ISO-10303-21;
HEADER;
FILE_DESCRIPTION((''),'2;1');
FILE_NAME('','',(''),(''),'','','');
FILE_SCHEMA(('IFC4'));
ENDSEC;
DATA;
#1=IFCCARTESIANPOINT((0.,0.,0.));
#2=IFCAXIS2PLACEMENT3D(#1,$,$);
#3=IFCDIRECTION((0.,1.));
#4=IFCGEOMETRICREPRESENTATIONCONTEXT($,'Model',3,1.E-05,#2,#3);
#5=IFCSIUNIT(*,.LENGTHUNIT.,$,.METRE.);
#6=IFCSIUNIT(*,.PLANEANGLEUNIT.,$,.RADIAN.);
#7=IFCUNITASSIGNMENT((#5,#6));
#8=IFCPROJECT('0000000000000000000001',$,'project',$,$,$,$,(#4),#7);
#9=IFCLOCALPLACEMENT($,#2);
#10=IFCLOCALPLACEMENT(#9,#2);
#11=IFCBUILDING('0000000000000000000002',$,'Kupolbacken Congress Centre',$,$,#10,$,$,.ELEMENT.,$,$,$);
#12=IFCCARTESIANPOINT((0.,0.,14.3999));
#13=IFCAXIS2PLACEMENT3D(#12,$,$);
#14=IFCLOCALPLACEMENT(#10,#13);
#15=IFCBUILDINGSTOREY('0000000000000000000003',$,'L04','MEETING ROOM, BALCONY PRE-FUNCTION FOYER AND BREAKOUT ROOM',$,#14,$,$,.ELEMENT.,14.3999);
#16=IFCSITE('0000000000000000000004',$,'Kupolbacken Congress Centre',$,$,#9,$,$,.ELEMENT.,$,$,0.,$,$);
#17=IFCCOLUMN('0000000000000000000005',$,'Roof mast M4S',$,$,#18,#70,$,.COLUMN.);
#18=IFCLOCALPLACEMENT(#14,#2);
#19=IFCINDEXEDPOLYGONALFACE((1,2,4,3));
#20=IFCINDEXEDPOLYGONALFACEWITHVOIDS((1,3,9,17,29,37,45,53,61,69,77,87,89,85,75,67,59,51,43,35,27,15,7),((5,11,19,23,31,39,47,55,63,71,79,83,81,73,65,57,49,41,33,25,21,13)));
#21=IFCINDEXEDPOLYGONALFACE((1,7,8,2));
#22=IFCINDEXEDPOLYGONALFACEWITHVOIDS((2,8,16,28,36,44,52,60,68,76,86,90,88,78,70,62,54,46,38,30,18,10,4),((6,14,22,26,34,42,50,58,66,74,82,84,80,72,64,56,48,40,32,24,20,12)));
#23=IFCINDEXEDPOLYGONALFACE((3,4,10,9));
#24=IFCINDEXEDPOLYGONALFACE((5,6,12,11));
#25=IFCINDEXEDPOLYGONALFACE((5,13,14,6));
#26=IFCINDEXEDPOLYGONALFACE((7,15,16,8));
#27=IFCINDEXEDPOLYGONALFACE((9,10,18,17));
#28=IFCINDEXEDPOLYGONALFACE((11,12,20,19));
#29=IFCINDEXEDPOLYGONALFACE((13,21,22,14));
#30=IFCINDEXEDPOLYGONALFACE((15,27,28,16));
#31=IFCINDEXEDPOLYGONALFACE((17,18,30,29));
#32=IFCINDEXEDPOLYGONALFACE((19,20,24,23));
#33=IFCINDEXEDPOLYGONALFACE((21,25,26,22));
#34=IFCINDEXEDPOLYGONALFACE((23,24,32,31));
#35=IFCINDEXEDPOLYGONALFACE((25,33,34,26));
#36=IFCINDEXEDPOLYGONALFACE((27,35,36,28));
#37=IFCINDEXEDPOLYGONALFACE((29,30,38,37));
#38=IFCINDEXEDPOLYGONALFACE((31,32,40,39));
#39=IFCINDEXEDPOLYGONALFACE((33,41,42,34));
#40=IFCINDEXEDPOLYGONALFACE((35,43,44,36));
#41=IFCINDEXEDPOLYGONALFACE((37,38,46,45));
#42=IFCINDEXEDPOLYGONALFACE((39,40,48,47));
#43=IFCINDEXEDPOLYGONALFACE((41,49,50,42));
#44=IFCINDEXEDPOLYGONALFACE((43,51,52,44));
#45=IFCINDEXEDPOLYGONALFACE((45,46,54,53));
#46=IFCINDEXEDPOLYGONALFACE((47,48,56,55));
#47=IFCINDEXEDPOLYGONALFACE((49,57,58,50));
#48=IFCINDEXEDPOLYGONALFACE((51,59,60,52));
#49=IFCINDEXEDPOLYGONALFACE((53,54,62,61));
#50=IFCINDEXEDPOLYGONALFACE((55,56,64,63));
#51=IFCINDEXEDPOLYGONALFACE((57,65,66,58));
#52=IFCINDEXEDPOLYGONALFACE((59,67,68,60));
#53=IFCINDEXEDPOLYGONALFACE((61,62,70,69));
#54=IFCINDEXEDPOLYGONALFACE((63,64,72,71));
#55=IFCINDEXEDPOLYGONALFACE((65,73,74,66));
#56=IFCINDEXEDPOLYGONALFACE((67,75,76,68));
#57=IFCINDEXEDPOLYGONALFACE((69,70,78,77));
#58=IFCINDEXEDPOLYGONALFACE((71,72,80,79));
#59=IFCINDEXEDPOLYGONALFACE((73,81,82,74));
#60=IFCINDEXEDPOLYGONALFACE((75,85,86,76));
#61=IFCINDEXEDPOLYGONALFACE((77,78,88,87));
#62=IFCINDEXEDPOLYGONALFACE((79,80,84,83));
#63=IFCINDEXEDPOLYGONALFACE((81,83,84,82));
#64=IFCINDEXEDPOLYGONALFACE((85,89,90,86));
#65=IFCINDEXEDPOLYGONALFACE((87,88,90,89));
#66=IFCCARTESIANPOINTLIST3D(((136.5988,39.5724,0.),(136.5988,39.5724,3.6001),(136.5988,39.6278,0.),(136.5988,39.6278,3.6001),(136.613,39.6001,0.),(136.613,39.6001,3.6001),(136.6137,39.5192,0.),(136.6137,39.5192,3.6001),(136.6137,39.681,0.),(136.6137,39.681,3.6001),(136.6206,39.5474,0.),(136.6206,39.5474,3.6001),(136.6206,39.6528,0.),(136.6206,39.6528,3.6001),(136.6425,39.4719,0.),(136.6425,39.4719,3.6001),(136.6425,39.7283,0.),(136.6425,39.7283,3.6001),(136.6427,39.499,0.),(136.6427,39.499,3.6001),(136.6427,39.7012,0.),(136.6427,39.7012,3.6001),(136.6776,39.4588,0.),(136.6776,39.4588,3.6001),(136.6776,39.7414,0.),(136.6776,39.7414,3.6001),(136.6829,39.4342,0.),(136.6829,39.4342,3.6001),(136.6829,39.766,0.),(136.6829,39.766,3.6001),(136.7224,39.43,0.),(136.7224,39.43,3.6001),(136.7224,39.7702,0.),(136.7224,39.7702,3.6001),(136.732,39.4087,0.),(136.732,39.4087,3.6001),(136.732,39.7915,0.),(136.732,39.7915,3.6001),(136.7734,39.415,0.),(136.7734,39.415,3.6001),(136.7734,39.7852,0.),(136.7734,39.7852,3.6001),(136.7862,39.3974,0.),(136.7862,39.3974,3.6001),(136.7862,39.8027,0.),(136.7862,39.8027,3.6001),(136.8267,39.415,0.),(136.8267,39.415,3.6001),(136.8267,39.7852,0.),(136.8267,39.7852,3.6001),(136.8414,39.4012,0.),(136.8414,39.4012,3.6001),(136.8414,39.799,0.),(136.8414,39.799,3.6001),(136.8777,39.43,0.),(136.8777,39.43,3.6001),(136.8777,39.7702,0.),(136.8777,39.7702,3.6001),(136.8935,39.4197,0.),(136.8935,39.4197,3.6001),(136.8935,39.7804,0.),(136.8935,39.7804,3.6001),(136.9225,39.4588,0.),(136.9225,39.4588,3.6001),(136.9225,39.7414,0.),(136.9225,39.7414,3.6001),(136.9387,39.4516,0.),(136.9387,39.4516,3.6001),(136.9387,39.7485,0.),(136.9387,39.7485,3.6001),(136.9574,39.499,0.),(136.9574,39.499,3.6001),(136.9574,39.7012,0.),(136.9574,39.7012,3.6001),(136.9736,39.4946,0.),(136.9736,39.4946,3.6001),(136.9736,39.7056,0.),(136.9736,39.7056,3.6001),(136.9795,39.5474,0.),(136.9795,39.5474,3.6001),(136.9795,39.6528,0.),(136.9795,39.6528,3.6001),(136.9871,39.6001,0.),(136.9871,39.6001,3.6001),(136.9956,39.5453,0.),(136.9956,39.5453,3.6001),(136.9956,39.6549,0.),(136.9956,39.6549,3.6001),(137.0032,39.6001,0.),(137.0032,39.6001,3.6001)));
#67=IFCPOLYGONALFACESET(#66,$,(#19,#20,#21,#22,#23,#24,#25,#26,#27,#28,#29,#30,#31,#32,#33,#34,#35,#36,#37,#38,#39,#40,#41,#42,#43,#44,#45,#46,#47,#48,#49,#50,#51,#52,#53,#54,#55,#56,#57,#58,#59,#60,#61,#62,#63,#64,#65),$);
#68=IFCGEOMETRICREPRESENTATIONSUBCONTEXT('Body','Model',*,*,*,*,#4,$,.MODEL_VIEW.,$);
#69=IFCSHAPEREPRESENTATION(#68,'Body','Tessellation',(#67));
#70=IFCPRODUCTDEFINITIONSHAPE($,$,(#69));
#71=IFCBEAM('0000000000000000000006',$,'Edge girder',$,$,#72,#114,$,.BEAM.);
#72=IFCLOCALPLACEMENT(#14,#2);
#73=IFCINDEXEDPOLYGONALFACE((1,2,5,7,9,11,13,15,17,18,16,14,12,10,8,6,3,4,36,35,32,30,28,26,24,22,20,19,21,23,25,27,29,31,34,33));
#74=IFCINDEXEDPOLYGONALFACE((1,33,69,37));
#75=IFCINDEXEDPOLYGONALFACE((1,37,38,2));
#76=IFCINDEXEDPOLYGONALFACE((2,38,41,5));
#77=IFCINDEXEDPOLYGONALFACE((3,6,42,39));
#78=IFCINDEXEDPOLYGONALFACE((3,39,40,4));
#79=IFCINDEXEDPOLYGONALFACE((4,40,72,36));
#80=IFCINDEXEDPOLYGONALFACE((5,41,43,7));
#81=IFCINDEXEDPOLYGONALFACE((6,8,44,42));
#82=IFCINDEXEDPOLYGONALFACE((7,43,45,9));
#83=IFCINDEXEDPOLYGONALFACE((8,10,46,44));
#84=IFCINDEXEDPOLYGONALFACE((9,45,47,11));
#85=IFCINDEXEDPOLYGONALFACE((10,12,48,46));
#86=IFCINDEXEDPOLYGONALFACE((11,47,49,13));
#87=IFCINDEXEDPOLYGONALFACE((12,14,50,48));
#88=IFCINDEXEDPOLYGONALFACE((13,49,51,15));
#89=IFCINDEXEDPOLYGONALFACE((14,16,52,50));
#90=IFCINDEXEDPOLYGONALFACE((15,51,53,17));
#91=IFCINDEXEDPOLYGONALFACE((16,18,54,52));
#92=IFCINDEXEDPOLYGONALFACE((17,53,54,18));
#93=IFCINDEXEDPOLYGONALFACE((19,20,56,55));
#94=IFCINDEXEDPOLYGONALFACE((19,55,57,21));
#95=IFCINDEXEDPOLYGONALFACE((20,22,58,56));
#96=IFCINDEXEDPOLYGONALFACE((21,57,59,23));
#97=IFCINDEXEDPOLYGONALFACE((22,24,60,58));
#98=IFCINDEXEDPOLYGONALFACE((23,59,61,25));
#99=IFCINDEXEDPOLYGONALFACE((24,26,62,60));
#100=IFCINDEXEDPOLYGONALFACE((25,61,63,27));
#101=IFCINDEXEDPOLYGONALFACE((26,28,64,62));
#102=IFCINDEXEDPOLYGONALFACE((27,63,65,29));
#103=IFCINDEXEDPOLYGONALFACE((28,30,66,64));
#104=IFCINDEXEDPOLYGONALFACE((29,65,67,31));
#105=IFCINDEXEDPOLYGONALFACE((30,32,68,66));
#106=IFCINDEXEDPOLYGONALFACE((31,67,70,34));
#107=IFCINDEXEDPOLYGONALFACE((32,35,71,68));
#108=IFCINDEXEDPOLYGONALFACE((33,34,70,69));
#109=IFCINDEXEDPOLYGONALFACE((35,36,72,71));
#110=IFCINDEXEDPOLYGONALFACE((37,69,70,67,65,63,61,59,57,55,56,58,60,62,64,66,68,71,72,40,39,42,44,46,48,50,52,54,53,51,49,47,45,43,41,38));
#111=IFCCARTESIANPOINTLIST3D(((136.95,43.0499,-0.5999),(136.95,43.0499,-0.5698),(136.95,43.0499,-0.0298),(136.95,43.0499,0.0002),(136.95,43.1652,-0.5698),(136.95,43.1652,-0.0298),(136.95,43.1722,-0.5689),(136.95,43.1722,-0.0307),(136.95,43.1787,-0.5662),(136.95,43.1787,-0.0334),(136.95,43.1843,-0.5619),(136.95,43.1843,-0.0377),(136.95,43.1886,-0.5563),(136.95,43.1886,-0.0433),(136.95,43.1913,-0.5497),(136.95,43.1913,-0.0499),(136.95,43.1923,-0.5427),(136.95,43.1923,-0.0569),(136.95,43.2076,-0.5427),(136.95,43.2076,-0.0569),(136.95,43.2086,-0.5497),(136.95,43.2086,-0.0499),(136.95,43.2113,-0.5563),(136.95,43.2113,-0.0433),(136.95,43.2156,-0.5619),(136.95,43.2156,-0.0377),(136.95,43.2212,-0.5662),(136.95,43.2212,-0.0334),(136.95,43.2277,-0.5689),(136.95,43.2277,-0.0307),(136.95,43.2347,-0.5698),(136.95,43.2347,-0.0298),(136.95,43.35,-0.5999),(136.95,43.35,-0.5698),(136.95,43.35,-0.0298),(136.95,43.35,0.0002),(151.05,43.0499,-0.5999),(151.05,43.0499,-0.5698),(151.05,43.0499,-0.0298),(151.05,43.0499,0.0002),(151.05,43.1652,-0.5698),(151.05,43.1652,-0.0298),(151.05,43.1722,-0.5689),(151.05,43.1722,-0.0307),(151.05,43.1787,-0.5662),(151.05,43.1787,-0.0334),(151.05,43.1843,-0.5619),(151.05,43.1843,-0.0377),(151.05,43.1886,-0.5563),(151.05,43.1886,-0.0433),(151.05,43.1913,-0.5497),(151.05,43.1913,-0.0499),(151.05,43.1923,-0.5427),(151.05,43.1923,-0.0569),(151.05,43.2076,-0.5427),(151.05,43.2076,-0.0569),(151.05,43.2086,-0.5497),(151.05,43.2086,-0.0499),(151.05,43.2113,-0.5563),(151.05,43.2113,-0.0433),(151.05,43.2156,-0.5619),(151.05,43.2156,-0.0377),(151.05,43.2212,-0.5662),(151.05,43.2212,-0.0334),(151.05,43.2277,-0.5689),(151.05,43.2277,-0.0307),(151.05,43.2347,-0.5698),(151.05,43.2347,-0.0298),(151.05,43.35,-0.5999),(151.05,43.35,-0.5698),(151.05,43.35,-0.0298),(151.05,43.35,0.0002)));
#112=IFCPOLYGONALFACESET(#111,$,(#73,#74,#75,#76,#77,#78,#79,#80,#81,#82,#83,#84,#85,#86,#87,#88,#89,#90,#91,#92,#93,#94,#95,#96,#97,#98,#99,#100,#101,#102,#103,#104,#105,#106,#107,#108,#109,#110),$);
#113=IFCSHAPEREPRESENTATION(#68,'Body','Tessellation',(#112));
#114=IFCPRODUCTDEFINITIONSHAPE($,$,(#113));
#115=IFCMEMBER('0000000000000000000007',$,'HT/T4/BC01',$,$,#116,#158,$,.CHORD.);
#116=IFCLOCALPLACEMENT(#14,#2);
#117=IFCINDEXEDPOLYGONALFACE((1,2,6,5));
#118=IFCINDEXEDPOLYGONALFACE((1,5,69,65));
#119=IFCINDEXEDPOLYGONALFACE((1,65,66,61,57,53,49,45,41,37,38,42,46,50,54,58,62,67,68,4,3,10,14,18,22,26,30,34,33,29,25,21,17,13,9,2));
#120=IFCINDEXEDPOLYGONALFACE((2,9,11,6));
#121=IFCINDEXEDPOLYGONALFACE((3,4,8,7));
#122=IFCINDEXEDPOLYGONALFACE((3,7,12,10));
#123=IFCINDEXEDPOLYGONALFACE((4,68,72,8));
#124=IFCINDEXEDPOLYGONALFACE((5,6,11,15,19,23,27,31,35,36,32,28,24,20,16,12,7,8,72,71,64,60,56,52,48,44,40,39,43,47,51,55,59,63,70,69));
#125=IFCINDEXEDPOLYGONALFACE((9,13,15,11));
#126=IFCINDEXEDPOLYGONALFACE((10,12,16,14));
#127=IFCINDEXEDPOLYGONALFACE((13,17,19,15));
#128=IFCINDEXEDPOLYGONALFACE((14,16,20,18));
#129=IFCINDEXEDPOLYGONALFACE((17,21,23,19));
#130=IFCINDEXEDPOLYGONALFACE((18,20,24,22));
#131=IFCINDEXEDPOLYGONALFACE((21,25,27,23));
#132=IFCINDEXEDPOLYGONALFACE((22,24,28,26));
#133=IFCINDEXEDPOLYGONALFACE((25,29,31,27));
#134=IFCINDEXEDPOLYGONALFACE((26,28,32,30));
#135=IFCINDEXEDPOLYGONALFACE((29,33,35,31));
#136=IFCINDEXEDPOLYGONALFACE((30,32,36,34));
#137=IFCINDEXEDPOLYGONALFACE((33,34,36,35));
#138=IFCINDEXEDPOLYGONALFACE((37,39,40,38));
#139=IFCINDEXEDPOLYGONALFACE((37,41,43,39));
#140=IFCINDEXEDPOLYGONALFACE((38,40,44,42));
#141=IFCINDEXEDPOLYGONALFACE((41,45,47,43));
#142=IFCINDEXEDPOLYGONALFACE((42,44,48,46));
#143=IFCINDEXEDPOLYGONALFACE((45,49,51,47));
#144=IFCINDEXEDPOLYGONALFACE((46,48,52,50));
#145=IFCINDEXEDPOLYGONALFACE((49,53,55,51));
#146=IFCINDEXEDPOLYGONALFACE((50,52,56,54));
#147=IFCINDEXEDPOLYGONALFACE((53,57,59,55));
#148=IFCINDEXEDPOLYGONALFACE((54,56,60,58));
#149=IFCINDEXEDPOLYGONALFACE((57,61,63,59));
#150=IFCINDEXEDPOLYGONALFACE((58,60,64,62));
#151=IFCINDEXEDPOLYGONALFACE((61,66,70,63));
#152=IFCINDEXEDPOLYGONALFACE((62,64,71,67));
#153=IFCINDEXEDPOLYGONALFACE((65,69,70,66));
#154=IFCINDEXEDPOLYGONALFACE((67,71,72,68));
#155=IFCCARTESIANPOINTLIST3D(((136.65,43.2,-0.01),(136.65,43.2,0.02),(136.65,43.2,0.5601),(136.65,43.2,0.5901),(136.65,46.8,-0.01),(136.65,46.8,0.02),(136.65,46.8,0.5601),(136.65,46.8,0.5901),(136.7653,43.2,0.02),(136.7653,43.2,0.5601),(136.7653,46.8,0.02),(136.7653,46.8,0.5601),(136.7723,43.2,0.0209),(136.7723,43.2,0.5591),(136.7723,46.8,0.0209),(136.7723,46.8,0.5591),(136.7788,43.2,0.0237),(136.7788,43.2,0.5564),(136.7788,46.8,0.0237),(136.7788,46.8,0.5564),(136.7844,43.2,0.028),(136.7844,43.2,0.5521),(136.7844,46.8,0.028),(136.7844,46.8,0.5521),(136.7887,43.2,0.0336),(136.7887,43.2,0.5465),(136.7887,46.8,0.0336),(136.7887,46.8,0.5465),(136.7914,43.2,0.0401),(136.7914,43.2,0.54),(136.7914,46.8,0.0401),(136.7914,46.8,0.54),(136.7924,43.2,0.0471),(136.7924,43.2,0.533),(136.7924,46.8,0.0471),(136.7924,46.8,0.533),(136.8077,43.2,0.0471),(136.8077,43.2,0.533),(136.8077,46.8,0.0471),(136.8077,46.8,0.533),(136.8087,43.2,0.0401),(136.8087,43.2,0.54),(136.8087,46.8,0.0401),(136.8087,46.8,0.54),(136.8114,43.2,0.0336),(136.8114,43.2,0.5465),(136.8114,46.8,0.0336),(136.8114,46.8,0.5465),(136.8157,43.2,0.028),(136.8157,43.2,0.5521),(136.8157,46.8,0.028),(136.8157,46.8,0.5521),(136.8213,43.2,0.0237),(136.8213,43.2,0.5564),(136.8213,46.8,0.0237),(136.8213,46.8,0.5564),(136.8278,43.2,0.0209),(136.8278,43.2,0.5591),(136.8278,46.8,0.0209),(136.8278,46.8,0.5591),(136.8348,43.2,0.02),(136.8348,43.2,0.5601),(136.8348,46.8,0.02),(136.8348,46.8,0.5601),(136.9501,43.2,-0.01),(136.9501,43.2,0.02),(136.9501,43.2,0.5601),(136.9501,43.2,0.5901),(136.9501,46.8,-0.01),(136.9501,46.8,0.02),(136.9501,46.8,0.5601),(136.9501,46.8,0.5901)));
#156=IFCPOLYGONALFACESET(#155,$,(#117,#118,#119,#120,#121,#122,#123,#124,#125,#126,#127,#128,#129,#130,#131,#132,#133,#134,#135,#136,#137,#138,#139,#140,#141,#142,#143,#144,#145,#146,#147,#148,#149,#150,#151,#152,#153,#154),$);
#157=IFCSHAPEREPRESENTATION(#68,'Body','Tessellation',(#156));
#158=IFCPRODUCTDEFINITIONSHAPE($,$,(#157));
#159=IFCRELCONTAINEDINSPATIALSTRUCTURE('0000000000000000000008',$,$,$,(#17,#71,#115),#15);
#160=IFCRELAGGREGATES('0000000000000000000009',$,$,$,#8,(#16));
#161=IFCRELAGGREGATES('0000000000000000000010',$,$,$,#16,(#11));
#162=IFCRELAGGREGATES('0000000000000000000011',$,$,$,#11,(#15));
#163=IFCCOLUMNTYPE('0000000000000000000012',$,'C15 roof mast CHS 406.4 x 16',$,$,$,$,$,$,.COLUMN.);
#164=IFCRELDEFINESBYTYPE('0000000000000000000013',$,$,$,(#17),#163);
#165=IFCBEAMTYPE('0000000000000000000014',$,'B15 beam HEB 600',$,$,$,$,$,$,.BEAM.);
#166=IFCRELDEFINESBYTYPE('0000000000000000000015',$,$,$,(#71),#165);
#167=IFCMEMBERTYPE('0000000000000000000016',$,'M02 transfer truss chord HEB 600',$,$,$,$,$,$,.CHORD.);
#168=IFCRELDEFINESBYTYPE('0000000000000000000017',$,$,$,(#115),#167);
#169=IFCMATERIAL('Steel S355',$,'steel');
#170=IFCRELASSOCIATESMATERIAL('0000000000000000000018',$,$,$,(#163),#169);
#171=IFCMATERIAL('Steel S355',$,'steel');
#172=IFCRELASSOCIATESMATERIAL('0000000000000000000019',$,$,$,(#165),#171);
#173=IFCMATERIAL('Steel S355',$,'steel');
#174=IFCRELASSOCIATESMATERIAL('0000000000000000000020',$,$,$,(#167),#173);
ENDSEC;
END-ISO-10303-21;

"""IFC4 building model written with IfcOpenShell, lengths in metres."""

from ifc_helpers import new_model, si_unit, direction, frame, origin, origin_2d, place, context, subcontext, project, spatial, hollow_circle, i_section, extrude, material, material_profile, profile_set, type_object, element, save


model = new_model("IFC4")

# Units and contexts
model_context = context("Model", 3, precision=1e-05, world=origin(), true_north=direction((0.0, 1.0)))
body_context = subcontext(model_context, "Body", "Model", "MODEL_VIEW")
ifc_project = project(units=[si_unit("LENGTHUNIT", "METRE"), si_unit("PLANEANGLEUNIT", "RADIAN")], contexts=[model_context])

# Site, building, storey
site_placement = place(None, origin())
site = spatial("IfcSite", under=ifc_project, at=site_placement, Name="Kupolbacken Congress Centre", CompositionType="ELEMENT", RefElevation=0.0)
building_placement = place(site_placement, origin())
building = spatial("IfcBuilding", under=site, at=building_placement, Name="Kupolbacken Congress Centre", CompositionType="ELEMENT")
storey_placement = place(building_placement, frame((0.0, 0.0, 14.3999)))
storey = spatial("IfcBuildingStorey", under=building, at=storey_placement, Name="L04", Description="MEETING ROOM, BALCONY PRE-FUNCTION FOYER AND BREAKOUT ROOM", CompositionType="ELEMENT", Elevation=14.3999)

# Column
ifc_material_1 = material(Name="Steel S355", Category="steel")
ifc_material_profile_1 = material_profile(ifc_material_1, hollow_circle(Radius=0.2031, WallThickness=0.0161, at=origin_2d()), Name="CHS 406.4 x 16")
ifc_profile_set_1 = profile_set([ifc_material_profile_1], Name="Steel S355")
column_type = type_object("IfcColumnType", Name="C15 roof mast CHS 406.4 x 16", PredefinedType="COLUMN", material=ifc_profile_set_1)
column_placement = place(storey_placement, frame((136.8, 39.6001, 0.0), z_axis=(0.0, 0.0, 1.0), x_axis=(1.0, 0.0, 0.0)))
element("IfcColumn", 1, at=column_placement, inside=storey, type_object=column_type, Name="Roof mast M4S", PredefinedType="COLUMN", context=body_context, shape_type="SweptSolid", body=[
    extrude(hollow_circle(Radius=0.2031, WallThickness=0.0161, at=origin_2d()), origin(), (0.0, 0.0, 1.0), 3.6001),
])

# Beam
ifc_material_2 = material(Name="Steel S355", Category="steel")
ifc_material_profile_2 = material_profile(ifc_material_2, i_section(OverallWidth=0.3, OverallDepth=0.6001, WebThickness=0.0154, FlangeThickness=0.03, FilletRadius=0.0271, at=origin_2d()), Name="HEB 600")
ifc_profile_set_2 = profile_set([ifc_material_profile_2], Name="Steel S355")
beam_type = type_object("IfcBeamType", Name="B15 beam HEB 600", PredefinedType="BEAM", material=ifc_profile_set_2)
beam_placement = place(storey_placement, frame((136.95, 43.2, -0.2998), z_axis=(1.0, 0.0, 0.0), x_axis=(0.0, 1.0, 0.0)))
element("IfcBeam", 2, at=beam_placement, inside=storey, type_object=beam_type, Name="Edge girder", PredefinedType="BEAM", context=body_context, shape_type="SweptSolid", body=[
    extrude(i_section(OverallWidth=0.3, OverallDepth=0.6001, WebThickness=0.0154, FlangeThickness=0.03, FilletRadius=0.0271, at=origin_2d()), origin(), (0.0, 0.0, 1.0), 14.1001),
])

# Member
ifc_material_3 = material(Name="Steel S355", Category="steel")
ifc_material_profile_3 = material_profile(ifc_material_3, i_section(OverallWidth=0.3, OverallDepth=0.6001, WebThickness=0.0154, FlangeThickness=0.03, FilletRadius=0.0271, at=origin_2d()), Name="HEB 600")
ifc_profile_set_3 = profile_set([ifc_material_profile_3], Name="Steel S355")
member_type_1 = type_object("IfcMemberType", Name="M02 transfer truss chord HEB 600", PredefinedType="CHORD", material=ifc_profile_set_3)
member_1_placement = place(storey_placement, frame((136.8, 43.2, 0.29), z_axis=(0.0, 1.0, 0.0), x_axis=(-1.0, 0.0, 0.0)))
element("IfcMember", 3, at=member_1_placement, inside=storey, type_object=member_type_1, Name="HT/T4/BC01", PredefinedType="CHORD", context=body_context, shape_type="SweptSolid", body=[
    extrude(i_section(OverallWidth=0.3, OverallDepth=0.6001, WebThickness=0.0154, FlangeThickness=0.03, FilletRadius=0.0271, at=origin_2d()), origin(), (0.0, 0.0, 1.0), 3.6001),
])

save(model, "model.ifc")
